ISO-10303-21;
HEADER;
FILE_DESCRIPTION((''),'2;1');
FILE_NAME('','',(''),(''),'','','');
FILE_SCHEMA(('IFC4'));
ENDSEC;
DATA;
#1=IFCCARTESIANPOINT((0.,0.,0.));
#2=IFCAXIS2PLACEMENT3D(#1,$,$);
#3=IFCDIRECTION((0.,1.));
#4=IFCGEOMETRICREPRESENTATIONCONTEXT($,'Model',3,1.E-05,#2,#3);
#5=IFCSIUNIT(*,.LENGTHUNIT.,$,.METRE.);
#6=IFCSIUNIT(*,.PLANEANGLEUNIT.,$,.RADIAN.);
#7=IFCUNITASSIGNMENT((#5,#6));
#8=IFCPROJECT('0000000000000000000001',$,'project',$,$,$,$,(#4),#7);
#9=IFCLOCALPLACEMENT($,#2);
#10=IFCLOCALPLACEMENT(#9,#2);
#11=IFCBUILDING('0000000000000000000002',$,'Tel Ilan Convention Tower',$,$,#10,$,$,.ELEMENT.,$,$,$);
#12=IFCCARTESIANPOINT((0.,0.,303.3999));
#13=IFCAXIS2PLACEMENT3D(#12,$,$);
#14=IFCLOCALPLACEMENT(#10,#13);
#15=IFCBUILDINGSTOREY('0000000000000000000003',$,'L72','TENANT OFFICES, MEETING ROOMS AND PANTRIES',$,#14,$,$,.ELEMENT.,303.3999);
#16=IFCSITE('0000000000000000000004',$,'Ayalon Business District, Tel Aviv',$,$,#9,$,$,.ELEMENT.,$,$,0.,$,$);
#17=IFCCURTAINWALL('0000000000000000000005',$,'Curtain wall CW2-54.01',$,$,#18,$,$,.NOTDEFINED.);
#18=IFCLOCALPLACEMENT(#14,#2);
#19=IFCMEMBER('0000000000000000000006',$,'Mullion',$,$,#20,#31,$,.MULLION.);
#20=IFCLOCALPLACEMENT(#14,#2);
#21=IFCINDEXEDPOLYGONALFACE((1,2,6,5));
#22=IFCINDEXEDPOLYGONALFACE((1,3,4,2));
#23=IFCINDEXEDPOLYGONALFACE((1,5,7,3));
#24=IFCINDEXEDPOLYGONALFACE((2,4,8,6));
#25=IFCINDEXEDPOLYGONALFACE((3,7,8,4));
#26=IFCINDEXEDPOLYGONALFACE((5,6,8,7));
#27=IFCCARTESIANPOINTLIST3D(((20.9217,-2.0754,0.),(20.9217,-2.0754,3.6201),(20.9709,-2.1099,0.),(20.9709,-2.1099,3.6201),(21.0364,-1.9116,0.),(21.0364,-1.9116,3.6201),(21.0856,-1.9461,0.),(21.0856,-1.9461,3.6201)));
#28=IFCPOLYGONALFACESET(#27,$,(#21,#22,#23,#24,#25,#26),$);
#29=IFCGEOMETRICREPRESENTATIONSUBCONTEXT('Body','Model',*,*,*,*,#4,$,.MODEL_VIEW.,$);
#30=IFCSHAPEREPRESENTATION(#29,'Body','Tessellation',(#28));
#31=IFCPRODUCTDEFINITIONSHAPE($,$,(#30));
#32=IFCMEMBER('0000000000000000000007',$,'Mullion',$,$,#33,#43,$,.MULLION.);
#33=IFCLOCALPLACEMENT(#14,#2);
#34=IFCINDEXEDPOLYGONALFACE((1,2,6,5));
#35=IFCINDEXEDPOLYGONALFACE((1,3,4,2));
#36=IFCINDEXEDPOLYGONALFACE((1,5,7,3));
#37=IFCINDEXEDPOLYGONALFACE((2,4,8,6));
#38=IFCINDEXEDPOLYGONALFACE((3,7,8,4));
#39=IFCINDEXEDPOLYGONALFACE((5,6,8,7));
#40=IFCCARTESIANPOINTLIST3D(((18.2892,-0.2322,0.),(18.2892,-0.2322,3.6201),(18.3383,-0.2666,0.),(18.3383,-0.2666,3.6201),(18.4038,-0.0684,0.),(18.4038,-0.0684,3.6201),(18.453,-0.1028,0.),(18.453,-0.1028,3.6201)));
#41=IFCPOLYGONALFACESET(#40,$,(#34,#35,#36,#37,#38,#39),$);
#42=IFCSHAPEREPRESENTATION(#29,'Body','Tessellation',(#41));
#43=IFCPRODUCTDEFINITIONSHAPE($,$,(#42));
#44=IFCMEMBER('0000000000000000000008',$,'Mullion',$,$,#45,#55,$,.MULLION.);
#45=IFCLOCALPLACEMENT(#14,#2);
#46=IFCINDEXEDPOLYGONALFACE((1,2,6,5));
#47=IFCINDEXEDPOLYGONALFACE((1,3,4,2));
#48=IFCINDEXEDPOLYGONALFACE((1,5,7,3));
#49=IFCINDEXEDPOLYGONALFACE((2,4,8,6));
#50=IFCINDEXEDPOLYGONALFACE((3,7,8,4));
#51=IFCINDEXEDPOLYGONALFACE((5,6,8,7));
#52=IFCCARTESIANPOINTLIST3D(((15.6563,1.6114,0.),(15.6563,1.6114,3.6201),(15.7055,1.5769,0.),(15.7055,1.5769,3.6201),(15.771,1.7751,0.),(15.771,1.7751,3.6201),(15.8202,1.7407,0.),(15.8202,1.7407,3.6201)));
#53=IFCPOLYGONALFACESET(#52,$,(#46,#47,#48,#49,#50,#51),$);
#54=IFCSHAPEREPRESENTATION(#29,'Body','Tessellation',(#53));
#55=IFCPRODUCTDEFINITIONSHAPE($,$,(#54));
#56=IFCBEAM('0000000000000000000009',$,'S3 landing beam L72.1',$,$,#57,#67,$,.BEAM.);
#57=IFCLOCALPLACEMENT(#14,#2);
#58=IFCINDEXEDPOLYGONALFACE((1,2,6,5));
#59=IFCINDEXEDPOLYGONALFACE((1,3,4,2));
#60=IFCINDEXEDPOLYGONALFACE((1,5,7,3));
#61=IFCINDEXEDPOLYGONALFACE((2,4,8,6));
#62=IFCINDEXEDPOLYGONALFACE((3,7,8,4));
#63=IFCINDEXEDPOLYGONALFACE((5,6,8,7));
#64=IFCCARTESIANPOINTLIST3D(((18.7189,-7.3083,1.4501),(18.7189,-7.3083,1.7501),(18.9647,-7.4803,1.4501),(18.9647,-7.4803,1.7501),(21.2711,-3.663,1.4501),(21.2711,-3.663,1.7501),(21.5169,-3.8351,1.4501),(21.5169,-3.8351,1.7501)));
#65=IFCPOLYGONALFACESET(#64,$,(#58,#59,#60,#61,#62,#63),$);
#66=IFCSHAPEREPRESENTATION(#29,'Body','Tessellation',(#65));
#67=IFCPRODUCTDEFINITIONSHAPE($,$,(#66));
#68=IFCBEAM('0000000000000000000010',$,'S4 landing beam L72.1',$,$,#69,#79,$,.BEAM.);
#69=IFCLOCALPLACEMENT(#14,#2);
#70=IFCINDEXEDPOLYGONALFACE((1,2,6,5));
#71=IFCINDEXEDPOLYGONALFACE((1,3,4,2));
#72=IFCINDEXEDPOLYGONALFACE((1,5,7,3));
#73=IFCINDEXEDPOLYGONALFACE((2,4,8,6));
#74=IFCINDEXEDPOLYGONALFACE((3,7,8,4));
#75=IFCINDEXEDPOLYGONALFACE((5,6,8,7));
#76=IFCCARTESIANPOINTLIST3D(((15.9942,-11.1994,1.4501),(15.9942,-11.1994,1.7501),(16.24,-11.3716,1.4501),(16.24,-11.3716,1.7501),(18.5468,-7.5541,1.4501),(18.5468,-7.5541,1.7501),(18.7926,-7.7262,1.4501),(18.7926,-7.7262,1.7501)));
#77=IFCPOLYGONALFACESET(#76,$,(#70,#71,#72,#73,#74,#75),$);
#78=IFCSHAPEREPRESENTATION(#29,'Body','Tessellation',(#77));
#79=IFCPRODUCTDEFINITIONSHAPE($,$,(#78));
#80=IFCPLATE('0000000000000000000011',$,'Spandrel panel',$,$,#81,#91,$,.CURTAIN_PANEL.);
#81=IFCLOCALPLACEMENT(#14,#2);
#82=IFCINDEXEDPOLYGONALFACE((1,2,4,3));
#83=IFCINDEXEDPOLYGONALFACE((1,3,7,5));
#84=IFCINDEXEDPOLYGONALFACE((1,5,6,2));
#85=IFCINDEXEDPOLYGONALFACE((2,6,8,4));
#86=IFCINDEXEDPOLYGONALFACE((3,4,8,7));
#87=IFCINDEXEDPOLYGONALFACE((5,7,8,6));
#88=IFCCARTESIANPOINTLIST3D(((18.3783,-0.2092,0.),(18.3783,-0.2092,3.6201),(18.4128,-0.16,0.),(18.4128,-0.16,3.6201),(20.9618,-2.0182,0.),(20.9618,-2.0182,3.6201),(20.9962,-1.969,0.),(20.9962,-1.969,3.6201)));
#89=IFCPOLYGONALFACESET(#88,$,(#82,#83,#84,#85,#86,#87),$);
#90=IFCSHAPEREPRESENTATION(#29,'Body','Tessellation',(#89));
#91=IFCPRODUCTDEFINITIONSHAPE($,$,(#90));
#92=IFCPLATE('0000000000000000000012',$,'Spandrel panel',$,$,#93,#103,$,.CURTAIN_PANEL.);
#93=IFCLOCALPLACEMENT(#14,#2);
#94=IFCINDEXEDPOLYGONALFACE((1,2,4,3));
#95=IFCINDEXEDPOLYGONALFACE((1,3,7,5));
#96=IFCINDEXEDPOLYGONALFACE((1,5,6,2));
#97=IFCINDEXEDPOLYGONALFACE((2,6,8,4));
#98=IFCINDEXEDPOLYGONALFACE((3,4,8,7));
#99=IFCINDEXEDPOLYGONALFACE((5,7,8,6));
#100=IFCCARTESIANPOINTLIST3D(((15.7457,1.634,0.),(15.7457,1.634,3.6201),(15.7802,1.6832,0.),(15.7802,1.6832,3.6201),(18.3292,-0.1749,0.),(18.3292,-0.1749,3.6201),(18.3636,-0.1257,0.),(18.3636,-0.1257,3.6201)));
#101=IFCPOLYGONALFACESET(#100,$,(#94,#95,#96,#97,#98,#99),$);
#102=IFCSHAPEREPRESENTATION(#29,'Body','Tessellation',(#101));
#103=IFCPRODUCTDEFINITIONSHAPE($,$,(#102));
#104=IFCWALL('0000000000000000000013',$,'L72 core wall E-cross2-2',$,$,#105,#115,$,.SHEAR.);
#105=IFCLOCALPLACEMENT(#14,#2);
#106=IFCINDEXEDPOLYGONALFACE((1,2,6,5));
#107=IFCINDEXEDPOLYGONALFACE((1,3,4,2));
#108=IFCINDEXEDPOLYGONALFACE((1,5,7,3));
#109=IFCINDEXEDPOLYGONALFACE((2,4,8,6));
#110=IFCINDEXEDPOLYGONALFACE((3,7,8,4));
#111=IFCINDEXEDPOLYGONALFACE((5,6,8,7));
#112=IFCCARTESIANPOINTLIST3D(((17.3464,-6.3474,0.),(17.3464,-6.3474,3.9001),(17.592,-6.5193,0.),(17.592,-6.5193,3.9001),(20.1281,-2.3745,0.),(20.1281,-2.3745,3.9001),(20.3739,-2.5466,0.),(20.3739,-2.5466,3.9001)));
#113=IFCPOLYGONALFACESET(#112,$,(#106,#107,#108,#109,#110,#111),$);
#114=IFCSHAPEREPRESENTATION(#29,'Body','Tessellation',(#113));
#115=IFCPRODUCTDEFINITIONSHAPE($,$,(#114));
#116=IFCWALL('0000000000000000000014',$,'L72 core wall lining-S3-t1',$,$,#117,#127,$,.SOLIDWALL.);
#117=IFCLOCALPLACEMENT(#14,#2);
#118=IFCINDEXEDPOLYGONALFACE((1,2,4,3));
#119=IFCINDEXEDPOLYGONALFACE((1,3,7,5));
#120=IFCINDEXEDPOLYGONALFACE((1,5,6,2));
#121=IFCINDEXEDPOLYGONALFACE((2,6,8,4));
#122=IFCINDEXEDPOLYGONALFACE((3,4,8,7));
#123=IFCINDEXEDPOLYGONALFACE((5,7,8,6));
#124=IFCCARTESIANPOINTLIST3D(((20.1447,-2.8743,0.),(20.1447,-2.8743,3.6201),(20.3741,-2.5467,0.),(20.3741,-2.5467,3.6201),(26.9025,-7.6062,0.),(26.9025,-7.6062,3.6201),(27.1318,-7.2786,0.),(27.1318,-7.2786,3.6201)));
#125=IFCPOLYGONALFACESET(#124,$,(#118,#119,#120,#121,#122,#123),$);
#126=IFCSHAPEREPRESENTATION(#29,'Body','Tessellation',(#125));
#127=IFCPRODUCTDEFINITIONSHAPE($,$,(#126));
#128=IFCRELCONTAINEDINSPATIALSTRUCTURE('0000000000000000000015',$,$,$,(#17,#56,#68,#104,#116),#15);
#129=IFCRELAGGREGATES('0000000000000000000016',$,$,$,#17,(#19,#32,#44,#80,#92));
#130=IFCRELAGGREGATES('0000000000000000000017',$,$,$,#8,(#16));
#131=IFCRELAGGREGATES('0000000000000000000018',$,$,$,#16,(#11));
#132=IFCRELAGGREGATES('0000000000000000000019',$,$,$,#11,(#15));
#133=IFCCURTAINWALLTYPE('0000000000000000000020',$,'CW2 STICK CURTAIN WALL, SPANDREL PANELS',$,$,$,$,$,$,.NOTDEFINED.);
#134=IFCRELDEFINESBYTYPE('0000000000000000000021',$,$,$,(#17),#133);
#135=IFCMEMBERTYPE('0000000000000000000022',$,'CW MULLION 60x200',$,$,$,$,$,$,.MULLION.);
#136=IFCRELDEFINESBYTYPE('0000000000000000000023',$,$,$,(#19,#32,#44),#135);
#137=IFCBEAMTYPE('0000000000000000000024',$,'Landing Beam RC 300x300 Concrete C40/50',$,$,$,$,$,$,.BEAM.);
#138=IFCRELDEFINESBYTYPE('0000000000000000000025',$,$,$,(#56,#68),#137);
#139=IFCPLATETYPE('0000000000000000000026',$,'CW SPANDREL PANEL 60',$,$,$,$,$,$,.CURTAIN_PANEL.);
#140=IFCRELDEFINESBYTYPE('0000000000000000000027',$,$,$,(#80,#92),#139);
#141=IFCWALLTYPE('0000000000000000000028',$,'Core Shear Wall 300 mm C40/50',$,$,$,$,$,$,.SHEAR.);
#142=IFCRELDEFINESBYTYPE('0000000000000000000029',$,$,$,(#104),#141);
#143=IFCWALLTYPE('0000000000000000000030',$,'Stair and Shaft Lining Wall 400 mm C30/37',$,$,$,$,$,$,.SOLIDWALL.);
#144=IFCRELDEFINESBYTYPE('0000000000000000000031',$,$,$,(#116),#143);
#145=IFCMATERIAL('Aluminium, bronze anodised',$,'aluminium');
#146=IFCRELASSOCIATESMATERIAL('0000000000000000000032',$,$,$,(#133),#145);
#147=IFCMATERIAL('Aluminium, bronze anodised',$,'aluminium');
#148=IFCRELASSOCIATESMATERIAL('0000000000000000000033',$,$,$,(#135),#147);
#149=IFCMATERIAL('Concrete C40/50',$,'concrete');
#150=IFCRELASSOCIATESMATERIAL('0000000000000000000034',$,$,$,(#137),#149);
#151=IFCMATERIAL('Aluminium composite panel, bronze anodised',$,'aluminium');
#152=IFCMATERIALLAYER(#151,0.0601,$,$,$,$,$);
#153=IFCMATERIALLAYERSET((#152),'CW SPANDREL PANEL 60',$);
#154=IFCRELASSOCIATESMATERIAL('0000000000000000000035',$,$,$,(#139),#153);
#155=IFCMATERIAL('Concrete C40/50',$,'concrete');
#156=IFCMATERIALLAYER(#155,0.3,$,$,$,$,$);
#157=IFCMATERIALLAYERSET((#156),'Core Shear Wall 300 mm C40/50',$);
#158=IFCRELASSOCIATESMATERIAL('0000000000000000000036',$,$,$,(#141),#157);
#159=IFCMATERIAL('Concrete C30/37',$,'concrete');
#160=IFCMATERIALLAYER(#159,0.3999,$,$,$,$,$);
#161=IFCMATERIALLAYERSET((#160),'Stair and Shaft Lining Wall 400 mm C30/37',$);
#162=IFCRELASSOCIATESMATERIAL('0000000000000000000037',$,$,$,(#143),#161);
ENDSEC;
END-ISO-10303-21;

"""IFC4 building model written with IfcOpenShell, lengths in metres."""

from ifc_helpers import new_model, si_unit, direction, frame, frame_2d, origin, origin_2d, place, context, subcontext, project, spatial, polyline, rectangle, outline, extrude, material, layer, layer_set, material_profile, profile_set, type_object, element, aggregate, save


model = new_model("IFC4")

# Units and contexts
model_context = context("Model", 3, precision=1e-05, world=origin(), true_north=direction((0.0, 1.0)))
body_context = subcontext(model_context, "Body", "Model", "MODEL_VIEW")
ifc_project = project(units=[si_unit("LENGTHUNIT", "METRE"), si_unit("PLANEANGLEUNIT", "RADIAN")], contexts=[model_context])

# Site, building, storey
site_placement = place(None, origin())
site = spatial("IfcSite", under=ifc_project, at=site_placement, Name="Ayalon Business District, Tel Aviv", CompositionType="ELEMENT", RefElevation=0.0)
building_placement = place(site_placement, origin())
building = spatial("IfcBuilding", under=site, at=building_placement, Name="Tel Ilan Convention Tower", CompositionType="ELEMENT")
storey_placement = place(building_placement, frame((0.0, 0.0, 303.3999)))
storey = spatial("IfcBuildingStorey", under=building, at=storey_placement, Name="L72", Description="TENANT OFFICES, MEETING ROOMS AND PANTRIES", CompositionType="ELEMENT", Elevation=303.3999)

# Curtain wall, members
ifc_material_1 = material(Name="Aluminium, bronze anodised", Category="aluminium")
curtain_wall_type = type_object("IfcCurtainWallType", Name="CW2 STICK CURTAIN WALL, SPANDREL PANELS", PredefinedType="NOTDEFINED", material=ifc_material_1)
curtain_wall_placement = place(storey_placement, origin())
curtain_wall = element("IfcCurtainWall", 1, at=curtain_wall_placement, inside=storey, type_object=curtain_wall_type, Name="Curtain wall CW2-54.01", PredefinedType="NOTDEFINED")
ifc_material_2 = material(Name="Aluminium, bronze anodised", Category="aluminium")
ifc_material_profile_1 = material_profile(ifc_material_2, rectangle(XDim=0.0601, YDim=0.2, at=origin_2d()), Name="CW MULLION 60x200")
ifc_profile_set_1 = profile_set([ifc_material_profile_1], Name="Aluminium, bronze anodised")
member_type = type_object("IfcMemberType", Name="CW MULLION 60x200", PredefinedType="MULLION", material=ifc_profile_set_1)
member_1_placement = place(storey_placement, frame((21.0037, -2.0107, 0.0), z_axis=(0.0, 0.0, 1.0), x_axis=(-0.819152, 0.573576, 0.0)))
member_1 = element("IfcMember", 2, at=member_1_placement, type_object=member_type, Name="Mullion", PredefinedType="MULLION", context=body_context, shape_type="SweptSolid", body=[
    extrude(rectangle(XDim=0.0601, YDim=0.2, at=origin_2d()), origin(), (0.0, 0.0, 1.0), 3.6201),
])
member_2_placement = place(storey_placement, frame((18.3711, -0.1675, 0.0), z_axis=(0.0, 0.0, 1.0), x_axis=(-0.819152, 0.573576, 0.0)))
member_2 = element("IfcMember", 3, at=member_2_placement, type_object=member_type, Name="Mullion", PredefinedType="MULLION", context=body_context, shape_type="SweptSolid", body=[
    extrude(rectangle(XDim=0.0601, YDim=0.2, at=origin_2d()), origin(), (0.0, 0.0, 1.0), 3.6201),
])
member_3_placement = place(storey_placement, frame((15.7383, 1.676, 0.0), z_axis=(0.0, 0.0, 1.0), x_axis=(-0.819152, 0.573576, 0.0)))
member_3 = element("IfcMember", 4, at=member_3_placement, type_object=member_type, Name="Mullion", PredefinedType="MULLION", context=body_context, shape_type="SweptSolid", body=[
    extrude(rectangle(XDim=0.0601, YDim=0.2, at=origin_2d()), origin(), (0.0, 0.0, 1.0), 3.6201),
])

# Beams
ifc_material_3 = material(Name="Concrete C40/50", Category="concrete")
ifc_material_profile_2 = material_profile(ifc_material_3, rectangle(XDim=0.3, YDim=0.3, at=origin_2d()), Name="RC 300x300")
ifc_profile_set_2 = profile_set([ifc_material_profile_2], Name="Concrete C40/50")
beam_type = type_object("IfcBeamType", Name="Landing Beam RC 300x300 Concrete C40/50", PredefinedType="BEAM", material=ifc_profile_set_2)
beam_1_placement = place(storey_placement, frame((21.394, -3.749, 1.6001), z_axis=(-0.573547, -0.819173, 0.0), x_axis=(0.819173, -0.573547, 0.0)))
element("IfcBeam", 5, at=beam_1_placement, inside=storey, type_object=beam_type, Name="S3 landing beam L72.1", PredefinedType="BEAM", context=body_context, shape_type="SweptSolid", body=[
    extrude(rectangle(XDim=0.3, YDim=0.3, at=origin_2d()), origin(), (0.0, 0.0, 1.0), 4.45),
])
beam_2_placement = place(storey_placement, frame((18.6697, -7.6401, 1.6001), z_axis=(-0.573584, -0.819147, 0.0), x_axis=(0.819147, -0.573584, 0.0)))
element("IfcBeam", 6, at=beam_2_placement, inside=storey, type_object=beam_type, Name="S4 landing beam L72.1", PredefinedType="BEAM", context=body_context, shape_type="SweptSolid", body=[
    extrude(rectangle(XDim=0.3, YDim=0.3, at=origin_2d()), origin(), (0.0, 0.0, 1.0), 4.4502),
])

# Plates
ifc_material_4 = material(Name="Aluminium composite panel, bronze anodised", Category="aluminium")
ifc_layer_1 = layer(ifc_material_4, 0.0601)
ifc_layer_set_1 = layer_set([ifc_layer_1], Name="CW SPANDREL PANEL 60")
plate_type = type_object("IfcPlateType", Name="CW SPANDREL PANEL 60", PredefinedType="CURTAIN_PANEL", material=ifc_layer_set_1)
plate_1_placement = place(storey_placement, frame((19.6873, -1.0891, 0.0), z_axis=(0.0, 0.0, 1.0), x_axis=(-0.819152, 0.573576, 0.0)))
plate_1 = element("IfcPlate", 7, at=plate_1_placement, type_object=plate_type, Name="Spandrel panel", PredefinedType="CURTAIN_PANEL", context=body_context, shape_type="SweptSolid", body=[
    extrude(rectangle(XDim=3.1538, YDim=0.0601, at=origin_2d()), origin(), (0.0, 0.0, 1.0), 3.6201),
])
plate_2_placement = place(storey_placement, frame((17.0547, 0.7542, 0.0), z_axis=(0.0, 0.0, 1.0), x_axis=(-0.819152, 0.573576, 0.0)))
plate_2 = element("IfcPlate", 8, at=plate_2_placement, type_object=plate_type, Name="Spandrel panel", PredefinedType="CURTAIN_PANEL", context=body_context, shape_type="SweptSolid", body=[
    extrude(rectangle(XDim=3.1538, YDim=0.0601, at=origin_2d()), origin(), (0.0, 0.0, 1.0), 3.6201),
])
aggregate(curtain_wall, [member_1, member_2, member_3, plate_1, plate_2])

# Walls
ifc_material_5 = material(Name="Concrete C40/50", Category="concrete")
ifc_layer_2 = layer(ifc_material_5, 0.3)
ifc_layer_set_2 = layer_set([ifc_layer_2], Name="Core Shear Wall 300 mm C40/50")
wall_type_1 = type_object("IfcWallType", Name="Core Shear Wall 300 mm C40/50", PredefinedType="SHEAR", material=ifc_layer_set_2)
wall_1_placement = place(storey_placement, frame((17.4692, -6.4333, 0.0), z_axis=(0.0, 0.0, 1.0), x_axis=(0.573594, 0.81914, 0.0)))
element("IfcWall", 9, at=wall_1_placement, inside=storey, type_object=wall_type_1, Name="L72 core wall E-cross2-2", PredefinedType="SHEAR", context=body_context, shape_type="SweptSolid", body=[
    extrude(outline(polyline([(4.8499, -0.1499), (4.8499, 0.1501), (0.0, 0.1499), (0.0, -0.1499), (4.8499, -0.1499)])), origin(), (0.0, 0.0, 1.0), 3.9001),
])
ifc_material_6 = material(Name="Concrete C30/37", Category="concrete")
ifc_layer_3 = layer(ifc_material_6, 0.3999)
ifc_layer_set_3 = layer_set([ifc_layer_3], Name="Stair and Shaft Lining Wall 400 mm C30/37")
wall_type_2 = type_object("IfcWallType", Name="Stair and Shaft Lining Wall 400 mm C30/37", PredefinedType="SOLIDWALL", material=ifc_layer_set_3)
wall_2_placement = place(storey_placement, frame((20.2593, -2.7104, 0.0), z_axis=(0.0, 0.0, 1.0), x_axis=(0.819148, -0.573582, 0.0)))
element("IfcWall", 10, at=wall_2_placement, inside=storey, type_object=wall_type_2, Name="L72 core wall lining-S3-t1", PredefinedType="SOLIDWALL", context=body_context, shape_type="SweptSolid", body=[
    extrude(rectangle(XDim=8.2498, YDim=0.3999, at=frame_2d((4.125, 0.0))), origin(), (0.0, 0.0, 1.0), 3.6201),
])

save(model, "model.ifc")
